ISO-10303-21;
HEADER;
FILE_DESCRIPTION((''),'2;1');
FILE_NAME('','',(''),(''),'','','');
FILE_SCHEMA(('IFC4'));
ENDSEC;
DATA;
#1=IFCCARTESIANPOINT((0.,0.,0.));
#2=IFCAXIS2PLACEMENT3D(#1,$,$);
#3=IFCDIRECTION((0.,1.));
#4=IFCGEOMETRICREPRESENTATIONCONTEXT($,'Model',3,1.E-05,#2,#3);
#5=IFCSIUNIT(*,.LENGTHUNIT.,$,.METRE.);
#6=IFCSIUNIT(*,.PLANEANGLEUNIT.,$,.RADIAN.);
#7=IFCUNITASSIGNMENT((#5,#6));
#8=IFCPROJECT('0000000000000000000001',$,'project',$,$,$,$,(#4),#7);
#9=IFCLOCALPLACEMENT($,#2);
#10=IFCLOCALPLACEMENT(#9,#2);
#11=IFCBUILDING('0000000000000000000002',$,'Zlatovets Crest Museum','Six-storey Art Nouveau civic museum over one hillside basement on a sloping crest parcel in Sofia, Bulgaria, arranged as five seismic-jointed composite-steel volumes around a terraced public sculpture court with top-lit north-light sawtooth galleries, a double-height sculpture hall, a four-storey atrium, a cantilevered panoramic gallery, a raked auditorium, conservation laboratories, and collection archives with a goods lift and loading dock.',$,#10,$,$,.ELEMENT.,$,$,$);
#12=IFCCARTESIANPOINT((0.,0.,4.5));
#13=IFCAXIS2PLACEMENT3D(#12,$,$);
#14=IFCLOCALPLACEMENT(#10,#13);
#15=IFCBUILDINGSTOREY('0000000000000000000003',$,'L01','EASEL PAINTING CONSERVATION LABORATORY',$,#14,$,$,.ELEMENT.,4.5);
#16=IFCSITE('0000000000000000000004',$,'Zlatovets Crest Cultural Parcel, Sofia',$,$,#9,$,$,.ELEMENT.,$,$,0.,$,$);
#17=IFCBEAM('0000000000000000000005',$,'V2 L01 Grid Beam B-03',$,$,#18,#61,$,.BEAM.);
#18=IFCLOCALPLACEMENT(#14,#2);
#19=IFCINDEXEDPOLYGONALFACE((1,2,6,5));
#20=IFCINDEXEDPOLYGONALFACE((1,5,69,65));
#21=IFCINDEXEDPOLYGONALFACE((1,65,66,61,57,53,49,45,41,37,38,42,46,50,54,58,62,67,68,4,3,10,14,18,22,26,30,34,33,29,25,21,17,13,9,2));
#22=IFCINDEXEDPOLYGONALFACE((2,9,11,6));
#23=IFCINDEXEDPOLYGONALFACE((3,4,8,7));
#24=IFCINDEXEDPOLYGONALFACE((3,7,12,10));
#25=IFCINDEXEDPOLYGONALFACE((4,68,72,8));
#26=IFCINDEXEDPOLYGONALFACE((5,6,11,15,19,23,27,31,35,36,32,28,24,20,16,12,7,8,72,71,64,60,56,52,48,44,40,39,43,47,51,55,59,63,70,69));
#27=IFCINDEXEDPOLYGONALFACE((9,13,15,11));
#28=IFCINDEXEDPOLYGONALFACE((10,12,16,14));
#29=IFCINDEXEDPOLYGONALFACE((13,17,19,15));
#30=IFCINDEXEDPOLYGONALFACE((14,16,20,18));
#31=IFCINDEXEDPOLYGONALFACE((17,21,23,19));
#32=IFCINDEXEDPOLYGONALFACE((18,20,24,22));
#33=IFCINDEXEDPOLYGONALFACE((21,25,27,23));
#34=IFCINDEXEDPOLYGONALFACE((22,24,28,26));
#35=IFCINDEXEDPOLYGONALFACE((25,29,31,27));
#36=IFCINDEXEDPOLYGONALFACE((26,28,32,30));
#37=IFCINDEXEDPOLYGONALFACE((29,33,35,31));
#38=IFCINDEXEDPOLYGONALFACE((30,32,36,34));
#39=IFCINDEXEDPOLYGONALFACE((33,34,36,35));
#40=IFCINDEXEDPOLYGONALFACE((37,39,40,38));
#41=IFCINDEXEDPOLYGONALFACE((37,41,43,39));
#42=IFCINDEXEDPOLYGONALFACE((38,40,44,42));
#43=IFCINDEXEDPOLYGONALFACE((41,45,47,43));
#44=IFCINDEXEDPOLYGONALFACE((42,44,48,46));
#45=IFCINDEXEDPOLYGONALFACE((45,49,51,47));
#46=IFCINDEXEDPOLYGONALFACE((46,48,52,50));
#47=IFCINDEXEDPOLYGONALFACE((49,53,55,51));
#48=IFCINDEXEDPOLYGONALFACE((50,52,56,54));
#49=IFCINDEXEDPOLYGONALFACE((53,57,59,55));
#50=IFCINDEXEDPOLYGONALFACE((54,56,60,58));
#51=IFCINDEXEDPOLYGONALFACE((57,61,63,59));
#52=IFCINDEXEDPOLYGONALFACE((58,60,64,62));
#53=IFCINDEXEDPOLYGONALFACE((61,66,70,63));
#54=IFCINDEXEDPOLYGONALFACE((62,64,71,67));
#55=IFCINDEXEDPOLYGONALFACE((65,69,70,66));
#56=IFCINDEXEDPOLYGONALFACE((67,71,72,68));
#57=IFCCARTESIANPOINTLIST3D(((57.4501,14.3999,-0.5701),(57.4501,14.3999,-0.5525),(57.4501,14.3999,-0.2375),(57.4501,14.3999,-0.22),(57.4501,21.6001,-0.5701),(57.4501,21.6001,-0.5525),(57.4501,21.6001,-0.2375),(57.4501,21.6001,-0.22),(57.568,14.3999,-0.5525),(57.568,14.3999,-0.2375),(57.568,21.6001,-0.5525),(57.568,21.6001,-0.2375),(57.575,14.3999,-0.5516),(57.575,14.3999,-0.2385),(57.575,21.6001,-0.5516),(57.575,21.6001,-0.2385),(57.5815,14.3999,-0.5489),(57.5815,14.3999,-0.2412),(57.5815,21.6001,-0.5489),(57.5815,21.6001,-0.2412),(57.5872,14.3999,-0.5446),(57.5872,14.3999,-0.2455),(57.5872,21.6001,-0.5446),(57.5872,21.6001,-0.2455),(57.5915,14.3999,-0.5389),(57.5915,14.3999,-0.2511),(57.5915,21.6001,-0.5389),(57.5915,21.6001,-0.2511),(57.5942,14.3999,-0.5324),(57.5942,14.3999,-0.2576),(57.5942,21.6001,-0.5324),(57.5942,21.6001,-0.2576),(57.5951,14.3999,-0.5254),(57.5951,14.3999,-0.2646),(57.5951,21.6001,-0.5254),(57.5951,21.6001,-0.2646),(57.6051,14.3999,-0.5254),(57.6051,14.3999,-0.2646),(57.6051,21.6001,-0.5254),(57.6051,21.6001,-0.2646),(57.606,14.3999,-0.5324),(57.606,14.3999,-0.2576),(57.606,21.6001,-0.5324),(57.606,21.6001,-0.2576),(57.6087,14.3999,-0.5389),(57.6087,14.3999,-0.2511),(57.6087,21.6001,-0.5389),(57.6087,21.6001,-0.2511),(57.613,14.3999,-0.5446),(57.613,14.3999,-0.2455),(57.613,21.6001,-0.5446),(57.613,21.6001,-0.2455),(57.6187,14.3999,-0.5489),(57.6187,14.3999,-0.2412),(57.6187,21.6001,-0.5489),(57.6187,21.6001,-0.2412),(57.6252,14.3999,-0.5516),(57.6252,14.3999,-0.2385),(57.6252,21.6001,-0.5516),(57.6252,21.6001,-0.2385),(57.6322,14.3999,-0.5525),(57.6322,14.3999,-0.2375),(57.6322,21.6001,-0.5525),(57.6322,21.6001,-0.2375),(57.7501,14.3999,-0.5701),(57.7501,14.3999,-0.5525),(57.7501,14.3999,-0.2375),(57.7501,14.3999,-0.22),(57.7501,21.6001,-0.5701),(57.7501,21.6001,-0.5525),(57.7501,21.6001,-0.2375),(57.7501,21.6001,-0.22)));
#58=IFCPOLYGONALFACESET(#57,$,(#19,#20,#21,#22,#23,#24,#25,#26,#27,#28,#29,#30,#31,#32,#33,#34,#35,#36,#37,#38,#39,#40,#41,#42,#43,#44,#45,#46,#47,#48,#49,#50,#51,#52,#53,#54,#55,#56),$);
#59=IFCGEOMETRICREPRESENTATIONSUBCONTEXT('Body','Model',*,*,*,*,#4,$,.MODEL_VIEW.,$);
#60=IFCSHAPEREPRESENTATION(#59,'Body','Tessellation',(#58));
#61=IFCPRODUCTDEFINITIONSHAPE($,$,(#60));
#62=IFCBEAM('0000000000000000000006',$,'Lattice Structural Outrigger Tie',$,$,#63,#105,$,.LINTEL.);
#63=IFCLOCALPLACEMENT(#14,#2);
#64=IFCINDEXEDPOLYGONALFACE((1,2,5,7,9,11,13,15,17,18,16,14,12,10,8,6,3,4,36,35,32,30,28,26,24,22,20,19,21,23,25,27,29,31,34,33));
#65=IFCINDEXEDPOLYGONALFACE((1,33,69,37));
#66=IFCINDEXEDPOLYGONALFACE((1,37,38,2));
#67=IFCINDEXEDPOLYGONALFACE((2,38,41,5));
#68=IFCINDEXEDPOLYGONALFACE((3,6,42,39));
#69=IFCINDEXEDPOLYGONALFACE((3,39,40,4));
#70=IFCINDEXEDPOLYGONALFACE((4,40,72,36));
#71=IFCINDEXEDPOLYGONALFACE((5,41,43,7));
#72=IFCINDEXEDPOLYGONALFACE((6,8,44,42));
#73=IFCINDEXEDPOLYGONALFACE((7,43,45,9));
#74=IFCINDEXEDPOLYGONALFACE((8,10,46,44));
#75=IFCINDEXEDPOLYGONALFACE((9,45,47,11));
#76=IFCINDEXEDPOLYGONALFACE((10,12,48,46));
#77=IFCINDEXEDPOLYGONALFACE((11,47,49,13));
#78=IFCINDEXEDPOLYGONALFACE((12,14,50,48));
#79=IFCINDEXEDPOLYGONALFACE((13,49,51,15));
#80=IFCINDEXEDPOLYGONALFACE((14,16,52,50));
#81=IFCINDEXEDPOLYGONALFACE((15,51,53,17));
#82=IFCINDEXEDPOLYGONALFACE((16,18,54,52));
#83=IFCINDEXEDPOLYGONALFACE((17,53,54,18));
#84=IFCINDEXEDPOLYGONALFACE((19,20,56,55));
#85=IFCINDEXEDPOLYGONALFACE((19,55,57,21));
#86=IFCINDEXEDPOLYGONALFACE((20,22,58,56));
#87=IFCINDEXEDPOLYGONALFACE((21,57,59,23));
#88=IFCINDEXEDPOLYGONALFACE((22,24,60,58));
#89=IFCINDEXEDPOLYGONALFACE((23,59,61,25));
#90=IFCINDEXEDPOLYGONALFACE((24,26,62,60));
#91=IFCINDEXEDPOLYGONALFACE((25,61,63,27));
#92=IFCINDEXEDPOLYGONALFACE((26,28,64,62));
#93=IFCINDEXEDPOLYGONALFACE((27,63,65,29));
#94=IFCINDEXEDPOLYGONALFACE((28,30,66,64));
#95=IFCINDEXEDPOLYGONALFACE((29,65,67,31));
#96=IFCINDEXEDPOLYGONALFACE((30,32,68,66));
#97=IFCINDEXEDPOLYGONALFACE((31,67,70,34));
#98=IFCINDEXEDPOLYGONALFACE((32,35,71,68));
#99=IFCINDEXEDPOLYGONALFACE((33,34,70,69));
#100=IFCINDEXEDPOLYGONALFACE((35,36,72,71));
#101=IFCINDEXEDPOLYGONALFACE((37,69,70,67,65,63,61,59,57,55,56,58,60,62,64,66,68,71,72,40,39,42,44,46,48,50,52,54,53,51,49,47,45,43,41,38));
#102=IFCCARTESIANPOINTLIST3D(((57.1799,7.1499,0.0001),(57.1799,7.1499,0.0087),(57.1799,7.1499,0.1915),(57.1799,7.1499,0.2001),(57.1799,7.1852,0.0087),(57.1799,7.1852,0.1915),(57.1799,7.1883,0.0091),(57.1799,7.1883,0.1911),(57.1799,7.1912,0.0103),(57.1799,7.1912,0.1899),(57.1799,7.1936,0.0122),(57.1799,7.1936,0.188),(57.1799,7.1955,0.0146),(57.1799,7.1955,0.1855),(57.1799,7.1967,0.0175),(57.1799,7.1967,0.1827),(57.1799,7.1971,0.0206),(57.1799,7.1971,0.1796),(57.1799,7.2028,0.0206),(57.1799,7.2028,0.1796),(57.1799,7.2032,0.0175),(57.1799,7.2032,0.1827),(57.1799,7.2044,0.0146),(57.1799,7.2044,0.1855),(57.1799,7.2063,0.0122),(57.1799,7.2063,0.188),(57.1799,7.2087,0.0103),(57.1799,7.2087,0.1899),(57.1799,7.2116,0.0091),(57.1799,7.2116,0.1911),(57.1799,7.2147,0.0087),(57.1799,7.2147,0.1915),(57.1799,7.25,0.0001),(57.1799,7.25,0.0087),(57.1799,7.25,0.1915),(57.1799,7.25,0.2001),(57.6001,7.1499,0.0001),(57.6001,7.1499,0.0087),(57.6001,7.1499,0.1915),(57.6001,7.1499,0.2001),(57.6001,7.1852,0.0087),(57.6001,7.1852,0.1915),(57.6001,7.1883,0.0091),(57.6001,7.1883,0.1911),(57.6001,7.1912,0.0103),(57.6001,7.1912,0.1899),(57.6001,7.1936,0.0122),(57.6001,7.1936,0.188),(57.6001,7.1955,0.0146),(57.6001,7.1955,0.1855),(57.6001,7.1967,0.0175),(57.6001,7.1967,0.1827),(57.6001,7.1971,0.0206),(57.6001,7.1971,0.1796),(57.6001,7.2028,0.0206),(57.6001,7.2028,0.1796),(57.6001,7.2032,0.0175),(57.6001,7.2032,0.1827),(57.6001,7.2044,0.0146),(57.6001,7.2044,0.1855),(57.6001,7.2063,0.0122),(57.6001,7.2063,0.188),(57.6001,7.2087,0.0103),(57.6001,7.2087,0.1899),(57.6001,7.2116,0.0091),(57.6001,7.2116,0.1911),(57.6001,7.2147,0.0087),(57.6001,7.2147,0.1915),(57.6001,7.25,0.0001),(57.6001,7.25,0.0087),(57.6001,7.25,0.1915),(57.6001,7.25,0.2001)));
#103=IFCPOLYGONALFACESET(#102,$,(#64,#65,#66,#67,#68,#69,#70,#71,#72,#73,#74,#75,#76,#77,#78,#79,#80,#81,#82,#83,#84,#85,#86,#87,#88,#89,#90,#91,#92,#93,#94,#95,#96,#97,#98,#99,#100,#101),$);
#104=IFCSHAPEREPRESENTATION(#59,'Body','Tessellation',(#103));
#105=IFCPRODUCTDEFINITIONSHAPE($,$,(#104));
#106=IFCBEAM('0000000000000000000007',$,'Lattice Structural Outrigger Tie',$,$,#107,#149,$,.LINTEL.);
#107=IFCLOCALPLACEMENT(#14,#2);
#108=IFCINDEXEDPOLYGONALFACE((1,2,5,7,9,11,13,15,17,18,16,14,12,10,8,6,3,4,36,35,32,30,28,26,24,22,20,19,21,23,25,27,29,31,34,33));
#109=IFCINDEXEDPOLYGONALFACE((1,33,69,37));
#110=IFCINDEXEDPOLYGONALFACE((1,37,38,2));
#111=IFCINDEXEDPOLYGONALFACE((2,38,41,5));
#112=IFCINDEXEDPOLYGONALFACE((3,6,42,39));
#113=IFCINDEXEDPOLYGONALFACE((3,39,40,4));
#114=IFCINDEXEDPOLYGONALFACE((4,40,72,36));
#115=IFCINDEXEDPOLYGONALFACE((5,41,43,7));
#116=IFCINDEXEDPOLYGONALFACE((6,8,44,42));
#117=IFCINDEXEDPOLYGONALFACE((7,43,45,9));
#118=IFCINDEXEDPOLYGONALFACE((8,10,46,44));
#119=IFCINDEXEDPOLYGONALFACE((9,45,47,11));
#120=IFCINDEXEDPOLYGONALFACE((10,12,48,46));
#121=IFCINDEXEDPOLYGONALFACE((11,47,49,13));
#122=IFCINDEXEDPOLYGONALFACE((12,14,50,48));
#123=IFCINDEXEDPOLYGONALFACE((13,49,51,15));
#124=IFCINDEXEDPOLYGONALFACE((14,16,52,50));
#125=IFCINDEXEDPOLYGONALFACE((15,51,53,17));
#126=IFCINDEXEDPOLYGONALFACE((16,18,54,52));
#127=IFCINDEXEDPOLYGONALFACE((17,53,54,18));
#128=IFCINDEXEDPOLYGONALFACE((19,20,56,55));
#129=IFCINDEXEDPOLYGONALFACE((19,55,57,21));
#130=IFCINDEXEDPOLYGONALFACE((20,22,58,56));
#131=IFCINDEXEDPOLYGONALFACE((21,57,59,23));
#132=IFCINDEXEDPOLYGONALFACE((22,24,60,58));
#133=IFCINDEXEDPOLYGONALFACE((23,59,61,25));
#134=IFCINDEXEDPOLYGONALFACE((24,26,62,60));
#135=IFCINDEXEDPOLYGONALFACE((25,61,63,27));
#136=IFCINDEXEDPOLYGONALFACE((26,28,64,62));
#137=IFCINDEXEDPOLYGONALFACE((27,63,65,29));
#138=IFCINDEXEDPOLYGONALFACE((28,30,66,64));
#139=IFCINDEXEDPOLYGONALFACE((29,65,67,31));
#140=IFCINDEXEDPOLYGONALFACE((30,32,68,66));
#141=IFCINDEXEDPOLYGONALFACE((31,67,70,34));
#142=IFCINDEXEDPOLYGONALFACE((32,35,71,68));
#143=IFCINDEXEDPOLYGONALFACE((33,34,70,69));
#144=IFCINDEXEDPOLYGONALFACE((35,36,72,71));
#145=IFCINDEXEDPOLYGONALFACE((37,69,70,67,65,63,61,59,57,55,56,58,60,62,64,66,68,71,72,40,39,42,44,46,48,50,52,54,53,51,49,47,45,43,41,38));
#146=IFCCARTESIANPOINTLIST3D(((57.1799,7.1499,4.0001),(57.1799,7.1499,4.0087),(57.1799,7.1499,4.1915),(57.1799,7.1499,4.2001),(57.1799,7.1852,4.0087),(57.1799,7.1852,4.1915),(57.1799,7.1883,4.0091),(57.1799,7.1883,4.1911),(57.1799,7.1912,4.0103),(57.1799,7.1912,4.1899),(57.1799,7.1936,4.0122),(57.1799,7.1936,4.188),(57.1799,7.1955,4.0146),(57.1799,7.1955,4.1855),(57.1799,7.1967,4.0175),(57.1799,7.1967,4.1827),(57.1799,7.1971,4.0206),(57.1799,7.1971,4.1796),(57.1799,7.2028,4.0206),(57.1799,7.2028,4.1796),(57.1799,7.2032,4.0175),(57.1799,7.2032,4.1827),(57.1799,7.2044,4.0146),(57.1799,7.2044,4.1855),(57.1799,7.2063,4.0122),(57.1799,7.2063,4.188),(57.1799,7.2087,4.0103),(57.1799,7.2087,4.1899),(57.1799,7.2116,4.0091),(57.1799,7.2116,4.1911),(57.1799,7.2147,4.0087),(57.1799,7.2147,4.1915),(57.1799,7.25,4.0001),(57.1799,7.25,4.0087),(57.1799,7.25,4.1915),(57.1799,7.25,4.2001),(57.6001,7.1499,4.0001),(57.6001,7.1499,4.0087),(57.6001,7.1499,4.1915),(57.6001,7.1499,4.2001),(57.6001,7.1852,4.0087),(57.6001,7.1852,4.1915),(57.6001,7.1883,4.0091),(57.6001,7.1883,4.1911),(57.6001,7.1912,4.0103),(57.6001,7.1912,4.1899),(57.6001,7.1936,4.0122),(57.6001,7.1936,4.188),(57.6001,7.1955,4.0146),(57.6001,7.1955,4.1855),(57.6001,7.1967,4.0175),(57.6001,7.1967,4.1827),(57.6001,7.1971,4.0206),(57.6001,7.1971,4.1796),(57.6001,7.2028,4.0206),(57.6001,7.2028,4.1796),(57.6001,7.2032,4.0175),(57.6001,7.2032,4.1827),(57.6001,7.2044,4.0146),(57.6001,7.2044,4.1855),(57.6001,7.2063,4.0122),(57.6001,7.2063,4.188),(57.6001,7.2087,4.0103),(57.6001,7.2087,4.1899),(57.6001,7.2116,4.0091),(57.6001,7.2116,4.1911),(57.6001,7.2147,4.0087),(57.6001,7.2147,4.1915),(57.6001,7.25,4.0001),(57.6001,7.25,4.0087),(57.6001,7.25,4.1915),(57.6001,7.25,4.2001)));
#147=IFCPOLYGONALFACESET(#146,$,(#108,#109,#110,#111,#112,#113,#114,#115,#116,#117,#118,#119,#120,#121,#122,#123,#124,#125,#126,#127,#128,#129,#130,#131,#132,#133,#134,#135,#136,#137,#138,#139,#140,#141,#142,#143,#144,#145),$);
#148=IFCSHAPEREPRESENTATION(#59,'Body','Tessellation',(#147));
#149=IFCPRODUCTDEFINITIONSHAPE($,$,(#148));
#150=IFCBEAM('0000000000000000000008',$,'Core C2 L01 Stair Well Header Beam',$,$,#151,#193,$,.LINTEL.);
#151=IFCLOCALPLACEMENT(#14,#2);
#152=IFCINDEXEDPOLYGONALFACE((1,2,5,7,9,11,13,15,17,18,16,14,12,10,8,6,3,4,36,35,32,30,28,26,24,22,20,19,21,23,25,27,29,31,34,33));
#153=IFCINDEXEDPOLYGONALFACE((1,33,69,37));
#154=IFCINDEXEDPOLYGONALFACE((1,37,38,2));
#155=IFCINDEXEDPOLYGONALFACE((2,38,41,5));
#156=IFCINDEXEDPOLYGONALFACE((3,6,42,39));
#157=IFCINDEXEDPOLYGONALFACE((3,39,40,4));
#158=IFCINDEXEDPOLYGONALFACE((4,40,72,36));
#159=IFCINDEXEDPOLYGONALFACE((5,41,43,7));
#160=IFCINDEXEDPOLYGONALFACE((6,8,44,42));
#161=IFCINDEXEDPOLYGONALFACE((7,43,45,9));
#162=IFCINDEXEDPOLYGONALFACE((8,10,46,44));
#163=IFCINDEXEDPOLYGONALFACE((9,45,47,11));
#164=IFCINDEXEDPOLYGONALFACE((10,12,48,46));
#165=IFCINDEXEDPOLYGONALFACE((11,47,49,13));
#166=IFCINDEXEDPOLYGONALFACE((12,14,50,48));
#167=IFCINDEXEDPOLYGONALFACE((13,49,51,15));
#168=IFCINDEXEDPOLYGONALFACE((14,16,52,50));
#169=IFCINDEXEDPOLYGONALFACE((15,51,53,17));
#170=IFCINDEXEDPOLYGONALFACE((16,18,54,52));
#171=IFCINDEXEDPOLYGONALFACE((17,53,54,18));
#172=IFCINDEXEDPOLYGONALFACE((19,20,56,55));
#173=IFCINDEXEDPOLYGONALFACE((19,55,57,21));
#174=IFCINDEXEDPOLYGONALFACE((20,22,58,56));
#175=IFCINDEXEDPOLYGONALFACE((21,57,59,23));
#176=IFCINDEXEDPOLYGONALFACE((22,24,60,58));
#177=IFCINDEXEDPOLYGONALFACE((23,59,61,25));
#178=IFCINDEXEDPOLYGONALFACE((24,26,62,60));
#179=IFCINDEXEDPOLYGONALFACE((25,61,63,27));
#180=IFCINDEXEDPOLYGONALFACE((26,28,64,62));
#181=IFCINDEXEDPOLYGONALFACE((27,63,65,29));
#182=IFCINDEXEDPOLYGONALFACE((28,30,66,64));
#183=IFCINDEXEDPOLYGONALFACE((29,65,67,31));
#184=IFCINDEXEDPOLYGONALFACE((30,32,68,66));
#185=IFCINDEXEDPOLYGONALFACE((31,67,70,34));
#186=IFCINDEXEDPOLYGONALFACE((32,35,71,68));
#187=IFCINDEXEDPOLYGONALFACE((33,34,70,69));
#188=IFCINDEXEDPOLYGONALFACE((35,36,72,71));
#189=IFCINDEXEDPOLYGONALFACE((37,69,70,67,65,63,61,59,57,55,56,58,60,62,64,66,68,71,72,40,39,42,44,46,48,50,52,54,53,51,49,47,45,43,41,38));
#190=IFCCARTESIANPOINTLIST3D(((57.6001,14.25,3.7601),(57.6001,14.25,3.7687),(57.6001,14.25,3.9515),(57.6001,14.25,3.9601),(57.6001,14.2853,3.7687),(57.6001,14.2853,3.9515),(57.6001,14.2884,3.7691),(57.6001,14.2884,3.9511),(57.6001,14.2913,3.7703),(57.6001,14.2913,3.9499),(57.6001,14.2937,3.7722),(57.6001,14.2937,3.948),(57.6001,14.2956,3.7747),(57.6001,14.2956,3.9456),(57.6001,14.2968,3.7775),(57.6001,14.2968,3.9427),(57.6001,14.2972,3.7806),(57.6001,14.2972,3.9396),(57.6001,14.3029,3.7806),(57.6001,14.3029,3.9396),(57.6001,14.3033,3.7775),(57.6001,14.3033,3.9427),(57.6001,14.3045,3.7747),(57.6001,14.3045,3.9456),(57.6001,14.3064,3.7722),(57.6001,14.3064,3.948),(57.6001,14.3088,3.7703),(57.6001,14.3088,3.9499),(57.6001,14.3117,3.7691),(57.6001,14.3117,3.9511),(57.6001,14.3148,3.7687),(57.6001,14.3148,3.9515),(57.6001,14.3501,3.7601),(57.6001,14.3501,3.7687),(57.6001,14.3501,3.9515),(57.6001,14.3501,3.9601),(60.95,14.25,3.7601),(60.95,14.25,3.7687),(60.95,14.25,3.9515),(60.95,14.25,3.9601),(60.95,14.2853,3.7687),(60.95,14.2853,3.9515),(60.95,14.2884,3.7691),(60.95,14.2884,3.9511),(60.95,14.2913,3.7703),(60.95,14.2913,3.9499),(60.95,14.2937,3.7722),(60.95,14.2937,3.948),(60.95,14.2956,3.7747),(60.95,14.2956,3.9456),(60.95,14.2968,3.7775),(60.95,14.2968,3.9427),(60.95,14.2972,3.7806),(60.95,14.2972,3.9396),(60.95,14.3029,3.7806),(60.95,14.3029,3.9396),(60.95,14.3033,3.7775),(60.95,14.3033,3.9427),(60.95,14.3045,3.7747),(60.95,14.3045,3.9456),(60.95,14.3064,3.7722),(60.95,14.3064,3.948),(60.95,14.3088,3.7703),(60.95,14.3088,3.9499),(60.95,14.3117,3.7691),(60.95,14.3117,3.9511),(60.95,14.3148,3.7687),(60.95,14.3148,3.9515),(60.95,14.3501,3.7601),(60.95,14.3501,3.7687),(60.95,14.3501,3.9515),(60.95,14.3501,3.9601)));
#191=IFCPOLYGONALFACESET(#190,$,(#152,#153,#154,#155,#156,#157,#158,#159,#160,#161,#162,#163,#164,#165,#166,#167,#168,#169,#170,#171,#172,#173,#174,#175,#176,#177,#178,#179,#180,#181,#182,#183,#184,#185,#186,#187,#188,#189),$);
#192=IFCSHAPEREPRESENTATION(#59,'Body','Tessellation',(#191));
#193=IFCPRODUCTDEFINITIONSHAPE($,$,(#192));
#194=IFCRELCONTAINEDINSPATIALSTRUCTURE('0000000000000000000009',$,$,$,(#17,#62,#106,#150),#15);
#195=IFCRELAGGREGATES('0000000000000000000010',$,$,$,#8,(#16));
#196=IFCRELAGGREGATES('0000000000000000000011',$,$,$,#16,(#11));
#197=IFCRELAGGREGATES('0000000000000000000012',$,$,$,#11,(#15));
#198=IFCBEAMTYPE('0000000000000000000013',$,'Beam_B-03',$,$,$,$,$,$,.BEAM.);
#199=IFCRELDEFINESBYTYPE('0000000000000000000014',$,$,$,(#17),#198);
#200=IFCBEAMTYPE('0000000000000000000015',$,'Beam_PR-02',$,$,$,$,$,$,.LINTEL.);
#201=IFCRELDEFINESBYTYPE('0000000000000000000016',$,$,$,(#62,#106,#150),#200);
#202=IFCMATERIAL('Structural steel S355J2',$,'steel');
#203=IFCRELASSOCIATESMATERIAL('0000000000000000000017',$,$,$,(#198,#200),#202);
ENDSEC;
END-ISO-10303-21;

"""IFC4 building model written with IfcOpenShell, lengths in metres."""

from ifc_helpers import new_model, si_unit, direction, frame, origin, origin_2d, place, context, subcontext, project, spatial, i_section, extrude, material, material_profile, profile_set, type_object, element, save


model = new_model("IFC4")

# Units and contexts
model_context = context("Model", 3, precision=1e-05, world=origin(), true_north=direction((0.0, 1.0)))
body_context = subcontext(model_context, "Body", "Model", "MODEL_VIEW")
ifc_project = project(units=[si_unit("LENGTHUNIT", "METRE"), si_unit("PLANEANGLEUNIT", "RADIAN")], contexts=[model_context])

# Site, building, storey
site_placement = place(None, origin())
site = spatial("IfcSite", under=ifc_project, at=site_placement, Name="Zlatovets Crest Cultural Parcel, Sofia", CompositionType="ELEMENT", RefElevation=0.0)
building_placement = place(site_placement, origin())
building = spatial("IfcBuilding", under=site, at=building_placement, Name="Zlatovets Crest Museum", Description="Six-storey Art Nouveau civic museum over one hillside basement on a sloping crest parcel in Sofia, Bulgaria, arranged as five seismic-jointed composite-steel volumes around a terraced public sculpture court with top-lit north-light sawtooth galleries, a double-height sculpture hall, a four-storey atrium, a cantilevered panoramic gallery, a raked auditorium, conservation laboratories, and collection archives with a goods lift and loading dock.", CompositionType="ELEMENT")
storey_placement = place(building_placement, frame((0.0, 0.0, 4.5)))
storey = spatial("IfcBuildingStorey", under=building, at=storey_placement, Name="L01", Description="EASEL PAINTING CONSERVATION LABORATORY", CompositionType="ELEMENT", Elevation=4.5)

# Beams
ifc_material_1 = material(Name="Structural steel S355J2", Category="steel")
ifc_material_profile_1 = material_profile(ifc_material_1, i_section(OverallWidth=0.3, OverallDepth=0.3501, WebThickness=0.01, FlangeThickness=0.0176, FilletRadius=0.0271, at=origin_2d()), Name="HEA 360")
ifc_profile_set_1 = profile_set([ifc_material_profile_1], Name="Structural steel S355J2")
beam_type_1 = type_object("IfcBeamType", Name="Beam_B-03", PredefinedType="BEAM", material=ifc_profile_set_1)
beam_1_placement = place(storey_placement, frame((57.6001, 14.3999, -0.395), z_axis=(0.0, 1.0, 0.0), x_axis=(-1.0, 0.0, 0.0)))
element("IfcBeam", 1, at=beam_1_placement, inside=storey, type_object=beam_type_1, Name="V2 L01 Grid Beam B-03", PredefinedType="BEAM", context=body_context, shape_type="SweptSolid", body=[
    extrude(i_section(OverallWidth=0.3, OverallDepth=0.3501, WebThickness=0.01, FlangeThickness=0.0176, FilletRadius=0.0271, at=origin_2d()), origin(), (0.0, 0.0, 1.0), 7.2002),
])
ifc_material_profile_2 = material_profile(ifc_material_1, i_section(OverallWidth=0.1001, OverallDepth=0.2, WebThickness=0.0056, FlangeThickness=0.0085, FilletRadius=0.012, at=origin_2d()), Name="IPE 200")
ifc_profile_set_2 = profile_set([ifc_material_profile_2], Name="Structural steel S355J2")
beam_type_2 = type_object("IfcBeamType", Name="Beam_PR-02", PredefinedType="LINTEL", material=ifc_profile_set_2)
for number, where, z_axis, x_axis, name in (
    (2, (57.6001, 7.2, 0.1001), (-1.0, 0.0, 0.0), (0.0, -1.0, 0.0), "Lattice Structural Outrigger Tie"),
    (3, (57.6001, 7.2, 4.1001), (-1.0, 0.0, 0.0), (0.0, -1.0, 0.0), "Lattice Structural Outrigger Tie"),
):
    element("IfcBeam", number, at=place(storey_placement, frame(where, z_axis=z_axis, x_axis=x_axis)), inside=storey, type_object=beam_type_2, Name=name, PredefinedType="LINTEL", context=body_context, shape_type="SweptSolid", body=[
        extrude(i_section(OverallWidth=0.1001, OverallDepth=0.2, WebThickness=0.0056, FlangeThickness=0.0085, FilletRadius=0.012, at=origin_2d()), origin(), (0.0, 0.0, 1.0), 0.4202),
    ])
beam_2_placement = place(storey_placement, frame((57.6001, 14.3, 3.8601), z_axis=(1.0, 0.0, 0.0), x_axis=(0.0, 1.0, 0.0)))
element("IfcBeam", 4, at=beam_2_placement, inside=storey, type_object=beam_type_2, Name="Core C2 L01 Stair Well Header Beam", PredefinedType="LINTEL", context=body_context, shape_type="SweptSolid", body=[
    extrude(i_section(OverallWidth=0.1001, OverallDepth=0.2, WebThickness=0.0056, FlangeThickness=0.0085, FilletRadius=0.012, at=origin_2d()), origin(), (0.0, 0.0, 1.0), 3.3499),
])

save(model, "model.ifc")
